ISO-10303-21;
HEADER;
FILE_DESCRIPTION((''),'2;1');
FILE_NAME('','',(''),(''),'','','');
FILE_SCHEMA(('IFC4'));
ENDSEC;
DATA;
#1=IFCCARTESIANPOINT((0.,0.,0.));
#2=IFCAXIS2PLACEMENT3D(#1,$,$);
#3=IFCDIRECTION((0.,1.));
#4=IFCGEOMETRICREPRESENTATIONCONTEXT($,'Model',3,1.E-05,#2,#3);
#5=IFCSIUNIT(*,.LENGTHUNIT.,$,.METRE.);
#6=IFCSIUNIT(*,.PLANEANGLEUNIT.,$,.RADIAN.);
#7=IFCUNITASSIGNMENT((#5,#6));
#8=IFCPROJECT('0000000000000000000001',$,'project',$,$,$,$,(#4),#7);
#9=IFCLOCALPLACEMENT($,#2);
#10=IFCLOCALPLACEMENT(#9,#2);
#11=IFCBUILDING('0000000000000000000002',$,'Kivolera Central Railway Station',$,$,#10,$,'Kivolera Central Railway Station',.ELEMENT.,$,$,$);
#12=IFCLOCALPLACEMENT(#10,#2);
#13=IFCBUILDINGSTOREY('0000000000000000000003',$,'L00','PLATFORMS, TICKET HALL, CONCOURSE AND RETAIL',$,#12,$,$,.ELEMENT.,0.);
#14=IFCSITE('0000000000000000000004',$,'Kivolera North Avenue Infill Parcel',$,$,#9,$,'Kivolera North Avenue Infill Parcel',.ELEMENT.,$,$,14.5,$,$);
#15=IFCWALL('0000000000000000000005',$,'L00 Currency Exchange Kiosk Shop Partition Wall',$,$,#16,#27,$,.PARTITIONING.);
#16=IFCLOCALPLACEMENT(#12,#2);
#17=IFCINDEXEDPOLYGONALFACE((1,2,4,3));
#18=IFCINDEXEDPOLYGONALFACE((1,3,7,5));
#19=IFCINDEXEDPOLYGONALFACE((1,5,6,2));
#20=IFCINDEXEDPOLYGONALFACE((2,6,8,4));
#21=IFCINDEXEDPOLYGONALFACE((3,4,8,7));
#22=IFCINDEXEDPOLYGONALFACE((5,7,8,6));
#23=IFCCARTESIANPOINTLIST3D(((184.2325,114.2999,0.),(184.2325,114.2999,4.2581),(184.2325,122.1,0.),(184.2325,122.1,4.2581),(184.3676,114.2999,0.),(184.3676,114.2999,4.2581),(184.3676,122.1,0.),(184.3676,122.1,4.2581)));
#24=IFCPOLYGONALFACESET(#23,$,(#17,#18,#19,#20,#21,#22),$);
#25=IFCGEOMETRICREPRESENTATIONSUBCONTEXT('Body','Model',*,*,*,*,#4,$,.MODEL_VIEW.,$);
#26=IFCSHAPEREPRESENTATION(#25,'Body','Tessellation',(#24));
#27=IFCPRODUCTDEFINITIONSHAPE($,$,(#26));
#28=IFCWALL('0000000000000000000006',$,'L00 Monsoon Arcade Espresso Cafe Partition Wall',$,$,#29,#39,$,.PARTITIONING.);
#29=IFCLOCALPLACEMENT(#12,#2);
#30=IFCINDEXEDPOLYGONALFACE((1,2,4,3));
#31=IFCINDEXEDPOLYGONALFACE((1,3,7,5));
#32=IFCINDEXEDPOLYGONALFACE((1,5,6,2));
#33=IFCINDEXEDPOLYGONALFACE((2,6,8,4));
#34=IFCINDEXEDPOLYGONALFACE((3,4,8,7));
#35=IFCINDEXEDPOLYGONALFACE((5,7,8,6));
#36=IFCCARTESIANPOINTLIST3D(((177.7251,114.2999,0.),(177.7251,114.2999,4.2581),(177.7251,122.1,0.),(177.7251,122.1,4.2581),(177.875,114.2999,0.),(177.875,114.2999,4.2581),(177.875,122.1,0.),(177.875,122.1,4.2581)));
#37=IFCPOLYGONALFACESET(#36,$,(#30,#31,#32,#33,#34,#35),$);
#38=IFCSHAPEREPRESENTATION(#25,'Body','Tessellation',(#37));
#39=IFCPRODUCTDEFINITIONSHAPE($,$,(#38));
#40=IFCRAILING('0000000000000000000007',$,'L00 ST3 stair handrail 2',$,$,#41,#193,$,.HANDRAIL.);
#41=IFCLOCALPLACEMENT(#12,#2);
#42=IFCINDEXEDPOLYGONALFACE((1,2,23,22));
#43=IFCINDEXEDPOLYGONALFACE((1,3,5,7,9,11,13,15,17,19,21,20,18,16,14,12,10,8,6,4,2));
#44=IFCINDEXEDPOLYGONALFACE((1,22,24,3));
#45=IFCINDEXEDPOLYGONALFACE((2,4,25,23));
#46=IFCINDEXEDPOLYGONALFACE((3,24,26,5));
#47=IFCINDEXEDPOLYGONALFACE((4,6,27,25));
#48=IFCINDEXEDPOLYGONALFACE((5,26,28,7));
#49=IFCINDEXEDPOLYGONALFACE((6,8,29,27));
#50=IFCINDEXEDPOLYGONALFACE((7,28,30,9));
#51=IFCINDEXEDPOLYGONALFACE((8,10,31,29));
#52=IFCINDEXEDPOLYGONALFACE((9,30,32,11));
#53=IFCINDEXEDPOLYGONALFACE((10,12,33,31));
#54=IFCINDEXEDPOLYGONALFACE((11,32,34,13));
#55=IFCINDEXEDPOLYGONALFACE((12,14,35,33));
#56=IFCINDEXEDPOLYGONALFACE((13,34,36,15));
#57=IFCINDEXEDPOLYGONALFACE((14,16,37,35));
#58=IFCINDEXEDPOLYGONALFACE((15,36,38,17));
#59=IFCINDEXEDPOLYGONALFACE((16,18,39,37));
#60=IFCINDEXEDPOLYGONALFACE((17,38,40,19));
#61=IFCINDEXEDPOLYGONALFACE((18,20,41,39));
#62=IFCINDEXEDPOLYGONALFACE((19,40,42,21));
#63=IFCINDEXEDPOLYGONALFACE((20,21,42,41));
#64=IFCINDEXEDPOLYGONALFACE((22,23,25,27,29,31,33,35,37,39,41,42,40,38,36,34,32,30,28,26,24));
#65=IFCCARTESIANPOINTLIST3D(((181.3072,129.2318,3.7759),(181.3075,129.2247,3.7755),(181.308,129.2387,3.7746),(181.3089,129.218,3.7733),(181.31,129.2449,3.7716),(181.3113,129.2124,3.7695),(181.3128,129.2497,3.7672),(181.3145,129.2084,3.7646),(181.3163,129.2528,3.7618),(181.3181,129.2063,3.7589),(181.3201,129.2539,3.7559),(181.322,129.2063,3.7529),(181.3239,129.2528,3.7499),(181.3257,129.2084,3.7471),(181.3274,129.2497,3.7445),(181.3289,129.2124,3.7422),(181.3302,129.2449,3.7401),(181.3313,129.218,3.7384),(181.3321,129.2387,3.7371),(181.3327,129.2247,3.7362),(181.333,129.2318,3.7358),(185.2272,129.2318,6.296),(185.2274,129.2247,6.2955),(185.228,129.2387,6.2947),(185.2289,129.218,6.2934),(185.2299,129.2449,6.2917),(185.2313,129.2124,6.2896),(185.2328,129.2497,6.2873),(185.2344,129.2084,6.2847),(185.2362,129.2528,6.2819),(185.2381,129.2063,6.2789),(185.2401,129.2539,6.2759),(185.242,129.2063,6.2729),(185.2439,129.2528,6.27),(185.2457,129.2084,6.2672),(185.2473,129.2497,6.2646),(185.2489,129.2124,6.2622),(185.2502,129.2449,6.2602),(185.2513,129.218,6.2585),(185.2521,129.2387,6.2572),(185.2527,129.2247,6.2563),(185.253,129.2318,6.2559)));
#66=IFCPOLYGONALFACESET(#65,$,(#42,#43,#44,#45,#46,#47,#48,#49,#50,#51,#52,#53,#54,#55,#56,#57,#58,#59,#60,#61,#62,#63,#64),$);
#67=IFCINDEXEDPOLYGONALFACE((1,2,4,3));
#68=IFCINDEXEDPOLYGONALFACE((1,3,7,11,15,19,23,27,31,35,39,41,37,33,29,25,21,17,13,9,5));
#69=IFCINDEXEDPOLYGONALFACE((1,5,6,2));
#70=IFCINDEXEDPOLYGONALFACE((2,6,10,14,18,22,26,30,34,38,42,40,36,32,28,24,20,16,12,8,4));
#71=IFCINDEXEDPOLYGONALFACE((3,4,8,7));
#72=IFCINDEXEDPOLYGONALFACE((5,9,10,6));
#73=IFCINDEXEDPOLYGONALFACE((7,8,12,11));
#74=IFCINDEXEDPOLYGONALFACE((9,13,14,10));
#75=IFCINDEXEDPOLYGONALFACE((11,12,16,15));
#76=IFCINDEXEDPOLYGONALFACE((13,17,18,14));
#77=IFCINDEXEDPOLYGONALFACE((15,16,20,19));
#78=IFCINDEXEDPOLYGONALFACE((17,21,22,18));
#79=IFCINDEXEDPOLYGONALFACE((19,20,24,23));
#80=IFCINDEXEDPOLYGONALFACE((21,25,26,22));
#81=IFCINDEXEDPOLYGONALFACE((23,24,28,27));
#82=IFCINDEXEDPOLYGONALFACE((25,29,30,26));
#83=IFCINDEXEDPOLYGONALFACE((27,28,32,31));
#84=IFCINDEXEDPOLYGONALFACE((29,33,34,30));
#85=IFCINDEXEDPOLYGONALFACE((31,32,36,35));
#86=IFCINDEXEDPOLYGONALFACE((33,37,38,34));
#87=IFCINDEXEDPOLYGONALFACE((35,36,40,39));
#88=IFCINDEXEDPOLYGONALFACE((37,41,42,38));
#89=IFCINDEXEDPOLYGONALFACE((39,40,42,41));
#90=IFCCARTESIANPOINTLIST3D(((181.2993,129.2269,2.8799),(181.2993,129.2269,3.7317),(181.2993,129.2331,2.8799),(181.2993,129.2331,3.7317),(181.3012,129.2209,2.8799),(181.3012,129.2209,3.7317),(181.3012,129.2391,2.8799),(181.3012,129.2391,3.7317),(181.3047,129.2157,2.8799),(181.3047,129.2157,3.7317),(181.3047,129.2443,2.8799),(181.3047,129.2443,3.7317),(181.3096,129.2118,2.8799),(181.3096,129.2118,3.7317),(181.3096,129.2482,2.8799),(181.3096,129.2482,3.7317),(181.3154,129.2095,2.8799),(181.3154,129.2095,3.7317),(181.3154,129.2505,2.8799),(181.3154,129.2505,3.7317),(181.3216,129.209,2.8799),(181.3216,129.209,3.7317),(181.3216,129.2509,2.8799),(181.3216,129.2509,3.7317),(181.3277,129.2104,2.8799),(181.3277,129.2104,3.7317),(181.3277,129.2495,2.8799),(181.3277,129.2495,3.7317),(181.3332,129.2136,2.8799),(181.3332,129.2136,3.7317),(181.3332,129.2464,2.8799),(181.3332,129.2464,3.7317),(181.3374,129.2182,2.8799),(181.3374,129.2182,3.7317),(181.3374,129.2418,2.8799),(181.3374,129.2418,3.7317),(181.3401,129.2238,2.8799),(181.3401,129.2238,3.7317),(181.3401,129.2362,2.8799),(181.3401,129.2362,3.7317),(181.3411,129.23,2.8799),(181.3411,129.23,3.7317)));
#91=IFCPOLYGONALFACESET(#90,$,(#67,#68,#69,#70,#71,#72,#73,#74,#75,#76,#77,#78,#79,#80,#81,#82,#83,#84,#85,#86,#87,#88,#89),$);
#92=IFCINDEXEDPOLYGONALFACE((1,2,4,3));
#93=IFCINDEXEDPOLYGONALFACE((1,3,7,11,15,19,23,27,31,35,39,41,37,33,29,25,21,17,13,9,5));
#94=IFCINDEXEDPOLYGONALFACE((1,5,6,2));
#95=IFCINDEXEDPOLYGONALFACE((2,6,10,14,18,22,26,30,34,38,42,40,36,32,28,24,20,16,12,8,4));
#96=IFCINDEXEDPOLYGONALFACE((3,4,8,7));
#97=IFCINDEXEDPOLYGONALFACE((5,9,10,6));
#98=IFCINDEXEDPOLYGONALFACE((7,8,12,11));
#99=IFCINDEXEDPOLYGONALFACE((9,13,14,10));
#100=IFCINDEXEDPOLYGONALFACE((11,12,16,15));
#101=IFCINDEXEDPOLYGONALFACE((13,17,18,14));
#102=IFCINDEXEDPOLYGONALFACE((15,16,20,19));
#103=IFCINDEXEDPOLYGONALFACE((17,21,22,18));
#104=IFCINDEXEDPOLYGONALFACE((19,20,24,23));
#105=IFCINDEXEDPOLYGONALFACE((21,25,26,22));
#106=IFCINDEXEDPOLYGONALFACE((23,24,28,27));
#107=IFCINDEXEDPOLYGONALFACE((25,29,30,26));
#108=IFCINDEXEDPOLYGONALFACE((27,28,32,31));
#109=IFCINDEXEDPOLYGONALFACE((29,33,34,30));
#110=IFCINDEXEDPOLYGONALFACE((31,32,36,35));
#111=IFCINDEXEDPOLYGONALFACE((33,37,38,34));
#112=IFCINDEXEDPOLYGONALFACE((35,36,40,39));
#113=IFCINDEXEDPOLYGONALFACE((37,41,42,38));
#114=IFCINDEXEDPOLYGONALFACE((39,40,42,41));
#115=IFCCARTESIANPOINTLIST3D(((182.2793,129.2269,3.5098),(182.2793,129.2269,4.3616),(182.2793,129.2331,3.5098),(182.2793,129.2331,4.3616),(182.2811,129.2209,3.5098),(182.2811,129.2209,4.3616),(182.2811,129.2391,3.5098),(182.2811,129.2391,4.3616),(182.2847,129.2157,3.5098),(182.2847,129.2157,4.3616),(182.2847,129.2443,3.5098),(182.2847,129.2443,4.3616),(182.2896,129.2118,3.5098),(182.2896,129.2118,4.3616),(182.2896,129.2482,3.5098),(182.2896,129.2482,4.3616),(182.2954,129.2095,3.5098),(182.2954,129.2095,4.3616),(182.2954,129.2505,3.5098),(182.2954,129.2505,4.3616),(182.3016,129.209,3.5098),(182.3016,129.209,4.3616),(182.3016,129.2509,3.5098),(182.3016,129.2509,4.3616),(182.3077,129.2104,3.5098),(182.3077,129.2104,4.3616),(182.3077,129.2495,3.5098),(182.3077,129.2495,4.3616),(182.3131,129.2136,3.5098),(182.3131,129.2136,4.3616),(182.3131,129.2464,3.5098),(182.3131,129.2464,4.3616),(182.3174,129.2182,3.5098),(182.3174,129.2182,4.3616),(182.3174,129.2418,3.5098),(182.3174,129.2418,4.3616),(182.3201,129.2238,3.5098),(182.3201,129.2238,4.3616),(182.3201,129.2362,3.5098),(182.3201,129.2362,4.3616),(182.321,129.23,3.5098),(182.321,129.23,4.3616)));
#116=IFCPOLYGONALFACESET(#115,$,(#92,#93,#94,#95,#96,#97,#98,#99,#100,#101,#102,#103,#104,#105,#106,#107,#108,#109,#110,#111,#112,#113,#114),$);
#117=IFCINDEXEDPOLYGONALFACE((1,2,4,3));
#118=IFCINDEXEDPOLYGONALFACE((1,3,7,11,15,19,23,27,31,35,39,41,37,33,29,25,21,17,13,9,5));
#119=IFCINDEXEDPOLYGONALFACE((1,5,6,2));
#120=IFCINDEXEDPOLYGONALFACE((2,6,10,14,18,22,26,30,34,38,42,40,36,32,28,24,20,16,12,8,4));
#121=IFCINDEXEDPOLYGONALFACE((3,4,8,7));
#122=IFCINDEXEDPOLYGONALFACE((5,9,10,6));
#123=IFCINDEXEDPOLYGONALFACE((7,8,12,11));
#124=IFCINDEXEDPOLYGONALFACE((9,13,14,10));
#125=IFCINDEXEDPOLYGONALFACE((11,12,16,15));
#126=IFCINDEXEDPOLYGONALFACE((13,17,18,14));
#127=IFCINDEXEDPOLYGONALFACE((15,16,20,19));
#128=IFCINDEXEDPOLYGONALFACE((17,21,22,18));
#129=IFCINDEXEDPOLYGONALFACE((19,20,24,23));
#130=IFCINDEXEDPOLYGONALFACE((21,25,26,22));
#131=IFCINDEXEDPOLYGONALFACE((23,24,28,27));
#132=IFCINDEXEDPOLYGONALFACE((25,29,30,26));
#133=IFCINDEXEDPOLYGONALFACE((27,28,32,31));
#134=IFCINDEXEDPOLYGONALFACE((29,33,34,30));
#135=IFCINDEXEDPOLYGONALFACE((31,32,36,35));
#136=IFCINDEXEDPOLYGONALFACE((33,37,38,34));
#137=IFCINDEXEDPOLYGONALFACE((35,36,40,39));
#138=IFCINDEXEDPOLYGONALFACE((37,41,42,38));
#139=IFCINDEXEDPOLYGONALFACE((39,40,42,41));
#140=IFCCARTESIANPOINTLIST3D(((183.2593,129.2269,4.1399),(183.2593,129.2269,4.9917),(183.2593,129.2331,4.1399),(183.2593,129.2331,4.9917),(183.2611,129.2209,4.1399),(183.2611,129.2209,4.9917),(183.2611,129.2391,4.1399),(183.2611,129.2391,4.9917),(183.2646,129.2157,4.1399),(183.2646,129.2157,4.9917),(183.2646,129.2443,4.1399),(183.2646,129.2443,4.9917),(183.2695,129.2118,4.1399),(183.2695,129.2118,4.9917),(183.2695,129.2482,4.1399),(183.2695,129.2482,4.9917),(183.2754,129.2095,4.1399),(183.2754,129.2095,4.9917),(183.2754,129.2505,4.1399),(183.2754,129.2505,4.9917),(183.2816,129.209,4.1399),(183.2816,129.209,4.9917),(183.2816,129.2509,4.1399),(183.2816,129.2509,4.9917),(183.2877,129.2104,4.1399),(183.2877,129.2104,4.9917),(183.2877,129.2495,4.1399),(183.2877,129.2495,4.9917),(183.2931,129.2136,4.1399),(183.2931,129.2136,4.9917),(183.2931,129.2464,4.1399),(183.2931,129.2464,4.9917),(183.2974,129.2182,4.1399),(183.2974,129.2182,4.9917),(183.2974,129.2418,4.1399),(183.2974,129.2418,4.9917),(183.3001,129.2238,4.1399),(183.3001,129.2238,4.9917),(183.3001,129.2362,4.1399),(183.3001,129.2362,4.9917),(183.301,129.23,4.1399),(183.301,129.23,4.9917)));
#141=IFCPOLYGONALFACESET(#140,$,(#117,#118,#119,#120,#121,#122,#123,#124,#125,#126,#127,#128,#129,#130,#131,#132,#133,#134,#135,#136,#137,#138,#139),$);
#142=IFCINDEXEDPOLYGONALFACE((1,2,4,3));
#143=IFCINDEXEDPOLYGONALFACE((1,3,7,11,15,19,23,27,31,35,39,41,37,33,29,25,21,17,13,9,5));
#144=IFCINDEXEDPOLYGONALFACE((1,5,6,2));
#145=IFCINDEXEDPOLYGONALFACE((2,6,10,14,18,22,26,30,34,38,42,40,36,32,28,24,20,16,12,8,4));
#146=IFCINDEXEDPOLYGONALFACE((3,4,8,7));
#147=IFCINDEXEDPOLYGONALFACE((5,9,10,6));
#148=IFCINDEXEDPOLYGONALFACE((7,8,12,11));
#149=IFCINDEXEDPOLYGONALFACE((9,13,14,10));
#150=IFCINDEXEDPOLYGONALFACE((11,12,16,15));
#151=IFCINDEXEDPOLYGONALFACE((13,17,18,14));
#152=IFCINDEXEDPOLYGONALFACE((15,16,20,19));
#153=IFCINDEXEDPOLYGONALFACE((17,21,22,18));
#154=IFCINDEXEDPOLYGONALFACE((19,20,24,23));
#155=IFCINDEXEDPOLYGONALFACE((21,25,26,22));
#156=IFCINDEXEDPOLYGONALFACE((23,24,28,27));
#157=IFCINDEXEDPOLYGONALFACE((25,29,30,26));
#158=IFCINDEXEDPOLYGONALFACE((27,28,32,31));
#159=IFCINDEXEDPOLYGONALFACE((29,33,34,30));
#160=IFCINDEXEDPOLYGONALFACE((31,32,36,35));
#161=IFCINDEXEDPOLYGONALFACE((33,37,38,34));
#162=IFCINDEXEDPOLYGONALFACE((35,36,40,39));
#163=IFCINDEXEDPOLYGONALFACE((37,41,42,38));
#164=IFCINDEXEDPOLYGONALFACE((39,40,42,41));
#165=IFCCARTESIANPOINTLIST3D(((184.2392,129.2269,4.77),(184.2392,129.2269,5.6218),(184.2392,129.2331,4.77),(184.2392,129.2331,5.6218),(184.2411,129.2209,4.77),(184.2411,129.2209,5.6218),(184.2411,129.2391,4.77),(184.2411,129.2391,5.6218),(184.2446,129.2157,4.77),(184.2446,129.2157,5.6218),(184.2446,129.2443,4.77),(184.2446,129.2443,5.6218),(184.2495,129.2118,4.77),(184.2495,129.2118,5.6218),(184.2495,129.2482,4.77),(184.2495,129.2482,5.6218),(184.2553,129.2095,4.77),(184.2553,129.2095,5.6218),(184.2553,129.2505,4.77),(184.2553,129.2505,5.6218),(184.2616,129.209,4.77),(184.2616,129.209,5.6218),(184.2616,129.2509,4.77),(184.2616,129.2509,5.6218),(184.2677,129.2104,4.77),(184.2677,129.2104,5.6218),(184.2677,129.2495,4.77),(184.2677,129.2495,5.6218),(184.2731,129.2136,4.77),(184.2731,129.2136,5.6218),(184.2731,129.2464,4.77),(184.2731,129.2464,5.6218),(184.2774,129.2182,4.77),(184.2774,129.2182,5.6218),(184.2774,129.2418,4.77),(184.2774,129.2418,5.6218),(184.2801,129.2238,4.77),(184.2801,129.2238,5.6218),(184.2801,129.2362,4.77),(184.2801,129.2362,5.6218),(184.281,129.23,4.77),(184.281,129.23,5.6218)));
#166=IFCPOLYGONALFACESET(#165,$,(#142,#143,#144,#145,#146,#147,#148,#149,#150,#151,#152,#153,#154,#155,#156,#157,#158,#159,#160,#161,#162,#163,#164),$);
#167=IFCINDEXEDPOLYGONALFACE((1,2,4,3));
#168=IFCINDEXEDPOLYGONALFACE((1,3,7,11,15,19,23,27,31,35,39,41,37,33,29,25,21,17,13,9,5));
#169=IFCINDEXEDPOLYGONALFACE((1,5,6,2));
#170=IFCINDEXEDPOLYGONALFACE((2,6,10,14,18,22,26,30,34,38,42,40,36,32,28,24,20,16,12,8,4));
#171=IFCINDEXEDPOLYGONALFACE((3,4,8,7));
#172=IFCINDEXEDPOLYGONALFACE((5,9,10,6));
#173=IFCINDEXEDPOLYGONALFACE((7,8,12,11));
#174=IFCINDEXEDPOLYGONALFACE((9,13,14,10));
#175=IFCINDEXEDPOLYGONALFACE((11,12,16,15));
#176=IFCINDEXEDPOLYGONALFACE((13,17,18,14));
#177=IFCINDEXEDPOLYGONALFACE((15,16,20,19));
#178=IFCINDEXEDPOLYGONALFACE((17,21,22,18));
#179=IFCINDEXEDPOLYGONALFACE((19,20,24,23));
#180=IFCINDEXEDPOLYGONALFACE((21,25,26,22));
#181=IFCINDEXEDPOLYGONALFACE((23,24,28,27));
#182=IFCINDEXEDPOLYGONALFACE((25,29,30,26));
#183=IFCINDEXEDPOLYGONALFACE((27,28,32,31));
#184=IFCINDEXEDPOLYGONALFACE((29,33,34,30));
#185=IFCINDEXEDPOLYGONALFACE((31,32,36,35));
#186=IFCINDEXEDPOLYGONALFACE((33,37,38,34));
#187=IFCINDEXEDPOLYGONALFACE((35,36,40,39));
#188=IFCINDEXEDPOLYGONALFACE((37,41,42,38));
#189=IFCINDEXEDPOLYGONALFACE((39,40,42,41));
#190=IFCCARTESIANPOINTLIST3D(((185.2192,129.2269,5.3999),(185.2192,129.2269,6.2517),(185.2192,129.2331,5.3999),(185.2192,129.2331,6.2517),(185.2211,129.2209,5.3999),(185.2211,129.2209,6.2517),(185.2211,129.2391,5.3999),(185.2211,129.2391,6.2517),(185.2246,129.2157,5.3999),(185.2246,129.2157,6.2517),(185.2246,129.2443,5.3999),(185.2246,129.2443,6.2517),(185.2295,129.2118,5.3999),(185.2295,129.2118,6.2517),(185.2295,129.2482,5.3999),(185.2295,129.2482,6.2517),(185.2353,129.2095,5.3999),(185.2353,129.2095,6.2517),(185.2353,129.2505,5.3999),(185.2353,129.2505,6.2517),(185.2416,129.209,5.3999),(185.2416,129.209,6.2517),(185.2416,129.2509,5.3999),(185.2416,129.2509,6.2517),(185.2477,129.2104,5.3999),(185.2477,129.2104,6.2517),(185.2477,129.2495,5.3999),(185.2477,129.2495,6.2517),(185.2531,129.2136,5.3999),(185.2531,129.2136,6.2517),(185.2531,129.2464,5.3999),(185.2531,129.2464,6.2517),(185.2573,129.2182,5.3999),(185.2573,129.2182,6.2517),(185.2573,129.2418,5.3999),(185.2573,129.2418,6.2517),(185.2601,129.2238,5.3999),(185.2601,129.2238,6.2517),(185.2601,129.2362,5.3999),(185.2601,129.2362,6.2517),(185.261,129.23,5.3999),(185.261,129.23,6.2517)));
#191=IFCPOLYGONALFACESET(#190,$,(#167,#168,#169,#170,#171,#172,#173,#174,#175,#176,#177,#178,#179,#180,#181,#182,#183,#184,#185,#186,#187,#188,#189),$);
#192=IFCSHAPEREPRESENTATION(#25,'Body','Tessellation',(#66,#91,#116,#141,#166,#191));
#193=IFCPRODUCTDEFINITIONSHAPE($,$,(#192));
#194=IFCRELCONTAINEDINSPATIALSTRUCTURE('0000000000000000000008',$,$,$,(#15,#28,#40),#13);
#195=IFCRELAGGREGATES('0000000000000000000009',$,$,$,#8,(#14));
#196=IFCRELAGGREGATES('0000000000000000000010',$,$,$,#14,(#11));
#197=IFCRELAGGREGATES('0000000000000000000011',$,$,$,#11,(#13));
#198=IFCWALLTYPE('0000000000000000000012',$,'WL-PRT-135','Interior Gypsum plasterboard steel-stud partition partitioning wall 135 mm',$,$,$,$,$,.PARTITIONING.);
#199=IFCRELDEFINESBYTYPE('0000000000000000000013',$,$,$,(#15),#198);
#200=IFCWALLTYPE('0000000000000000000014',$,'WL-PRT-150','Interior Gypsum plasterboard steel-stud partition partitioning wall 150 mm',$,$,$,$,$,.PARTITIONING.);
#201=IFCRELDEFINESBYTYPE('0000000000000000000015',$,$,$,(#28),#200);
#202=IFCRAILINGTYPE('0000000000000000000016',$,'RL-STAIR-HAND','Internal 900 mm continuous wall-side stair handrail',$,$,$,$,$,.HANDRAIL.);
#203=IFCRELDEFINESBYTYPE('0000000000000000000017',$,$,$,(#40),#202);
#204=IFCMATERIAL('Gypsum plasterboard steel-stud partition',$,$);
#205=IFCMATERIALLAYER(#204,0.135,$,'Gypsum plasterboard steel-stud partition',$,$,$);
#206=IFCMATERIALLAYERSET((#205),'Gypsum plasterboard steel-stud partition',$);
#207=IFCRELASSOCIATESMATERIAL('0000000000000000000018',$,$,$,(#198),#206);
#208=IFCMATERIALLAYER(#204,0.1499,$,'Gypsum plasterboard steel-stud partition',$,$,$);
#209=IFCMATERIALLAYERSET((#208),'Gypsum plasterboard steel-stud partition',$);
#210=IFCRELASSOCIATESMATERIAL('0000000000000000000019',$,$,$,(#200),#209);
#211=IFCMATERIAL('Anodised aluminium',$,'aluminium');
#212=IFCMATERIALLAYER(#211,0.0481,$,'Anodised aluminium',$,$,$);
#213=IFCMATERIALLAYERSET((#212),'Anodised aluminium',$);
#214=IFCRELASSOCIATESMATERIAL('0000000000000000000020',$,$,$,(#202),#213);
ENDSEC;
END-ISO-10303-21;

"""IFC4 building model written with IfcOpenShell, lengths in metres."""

from ifc_helpers import new_model, si_unit, direction, frame, frame_2d, origin, origin_2d, place, context, subcontext, project, spatial, rectangle, circle, extrude, material, layer, layer_set, type_object, element, save


model = new_model("IFC4")

# Units and contexts
model_context = context("Model", 3, precision=1e-05, world=origin(), true_north=direction((0.0, 1.0)))
body_context = subcontext(model_context, "Body", "Model", "MODEL_VIEW")
ifc_project = project(units=[si_unit("LENGTHUNIT", "METRE"), si_unit("PLANEANGLEUNIT", "RADIAN")], contexts=[model_context])

# Site, building, storey
site_placement = place(None, origin())
site = spatial("IfcSite", under=ifc_project, at=site_placement, Name="Kivolera North Avenue Infill Parcel", LongName="Kivolera North Avenue Infill Parcel", CompositionType="ELEMENT", RefElevation=14.5)
building_placement = place(site_placement, origin())
building = spatial("IfcBuilding", under=site, at=building_placement, Name="Kivolera Central Railway Station", LongName="Kivolera Central Railway Station", CompositionType="ELEMENT")
storey_placement = place(building_placement, origin())
storey = spatial("IfcBuildingStorey", under=building, at=storey_placement, Name="L00", Description="PLATFORMS, TICKET HALL, CONCOURSE AND RETAIL", CompositionType="ELEMENT", Elevation=0.0)

# Shared definitions
ifc_material_1 = material(Name="Anodised aluminium", Category="aluminium")

# Walls
ifc_material_2 = material(Name="Gypsum plasterboard steel-stud partition")
ifc_layer_1 = layer(ifc_material_2, 0.135, Name="Gypsum plasterboard steel-stud partition")
ifc_layer_set_1 = layer_set([ifc_layer_1], Name="Gypsum plasterboard steel-stud partition")
wall_type_1 = type_object("IfcWallType", Name="WL-PRT-135", Description="Interior Gypsum plasterboard steel-stud partition partitioning wall 135 mm", PredefinedType="PARTITIONING", material=ifc_layer_set_1)
wall_1_placement = place(storey_placement, frame((184.3, 114.3, 0.0), z_axis=(0.0, 0.0, 1.0), x_axis=(0.0, 1.0, 0.0)))
element("IfcWall", 1, at=wall_1_placement, inside=storey, type_object=wall_type_1, Name="L00 Currency Exchange Kiosk Shop Partition Wall", PredefinedType="PARTITIONING", context=body_context, shape_type="SweptSolid", body=[
    extrude(rectangle(XDim=7.8, YDim=0.135, at=frame_2d((3.8999, 0.0))), origin(), (0.0, 0.0, 1.0), 4.2581),
])
ifc_layer_2 = layer(ifc_material_2, 0.1499, Name="Gypsum plasterboard steel-stud partition")
ifc_layer_set_2 = layer_set([ifc_layer_2], Name="Gypsum plasterboard steel-stud partition")
wall_type_2 = type_object("IfcWallType", Name="WL-PRT-150", Description="Interior Gypsum plasterboard steel-stud partition partitioning wall 150 mm", PredefinedType="PARTITIONING", material=ifc_layer_set_2)
wall_2_placement = place(storey_placement, frame((177.8, 114.3, 0.0), z_axis=(0.0, 0.0, 1.0), x_axis=(0.0, 1.0, 0.0)))
element("IfcWall", 2, at=wall_2_placement, inside=storey, type_object=wall_type_2, Name="L00 Monsoon Arcade Espresso Cafe Partition Wall", PredefinedType="PARTITIONING", context=body_context, shape_type="SweptSolid", body=[
    extrude(rectangle(XDim=7.8, YDim=0.1499, at=frame_2d((3.8999, 0.0))), origin(), (0.0, 0.0, 1.0), 4.2581),
])

# Railing
ifc_layer_3 = layer(ifc_material_1, 0.0481, Name="Anodised aluminium")
ifc_layer_set_3 = layer_set([ifc_layer_3], Name="Anodised aluminium")
railing_type = type_object("IfcRailingType", Name="RL-STAIR-HAND", Description="Internal 900 mm continuous wall-side stair handrail", PredefinedType="HANDRAIL", material=ifc_layer_set_3)
railing_placement = place(storey_placement, frame((181.3201, 129.23, 2.8799)))
element("IfcRailing", 3, at=railing_placement, inside=storey, type_object=railing_type, Name="L00 ST3 stair handrail 2", PredefinedType="HANDRAIL", context=body_context, shape_type="SweptSolid", body=[
    extrude(circle(Radius=0.0239, at=origin_2d()), frame((0.0, 0.0, 0.876), z_axis=(0.841172, 0.0, 0.540768), x_axis=(0.0, 1.0, 0.0)), (0.0, 0.0, 1.0), 4.6602),
    extrude(circle(Radius=0.021, at=origin_2d()), origin(), (0.0, 0.0, 1.0), 0.8518),
    extrude(circle(Radius=0.021, at=origin_2d()), frame((0.98, 0.0, 0.6299)), (0.0, 0.0, 1.0), 0.8518),
    extrude(circle(Radius=0.021, at=origin_2d()), frame((1.96, 0.0, 1.26)), (0.0, 0.0, 1.0), 0.8518),
    extrude(circle(Radius=0.021, at=origin_2d()), frame((2.9399, 0.0, 1.8901)), (0.0, 0.0, 1.0), 0.8518),
    extrude(circle(Radius=0.021, at=origin_2d()), frame((3.9199, 0.0, 2.52)), (0.0, 0.0, 1.0), 0.8518),
])

save(model, "model.ifc")
